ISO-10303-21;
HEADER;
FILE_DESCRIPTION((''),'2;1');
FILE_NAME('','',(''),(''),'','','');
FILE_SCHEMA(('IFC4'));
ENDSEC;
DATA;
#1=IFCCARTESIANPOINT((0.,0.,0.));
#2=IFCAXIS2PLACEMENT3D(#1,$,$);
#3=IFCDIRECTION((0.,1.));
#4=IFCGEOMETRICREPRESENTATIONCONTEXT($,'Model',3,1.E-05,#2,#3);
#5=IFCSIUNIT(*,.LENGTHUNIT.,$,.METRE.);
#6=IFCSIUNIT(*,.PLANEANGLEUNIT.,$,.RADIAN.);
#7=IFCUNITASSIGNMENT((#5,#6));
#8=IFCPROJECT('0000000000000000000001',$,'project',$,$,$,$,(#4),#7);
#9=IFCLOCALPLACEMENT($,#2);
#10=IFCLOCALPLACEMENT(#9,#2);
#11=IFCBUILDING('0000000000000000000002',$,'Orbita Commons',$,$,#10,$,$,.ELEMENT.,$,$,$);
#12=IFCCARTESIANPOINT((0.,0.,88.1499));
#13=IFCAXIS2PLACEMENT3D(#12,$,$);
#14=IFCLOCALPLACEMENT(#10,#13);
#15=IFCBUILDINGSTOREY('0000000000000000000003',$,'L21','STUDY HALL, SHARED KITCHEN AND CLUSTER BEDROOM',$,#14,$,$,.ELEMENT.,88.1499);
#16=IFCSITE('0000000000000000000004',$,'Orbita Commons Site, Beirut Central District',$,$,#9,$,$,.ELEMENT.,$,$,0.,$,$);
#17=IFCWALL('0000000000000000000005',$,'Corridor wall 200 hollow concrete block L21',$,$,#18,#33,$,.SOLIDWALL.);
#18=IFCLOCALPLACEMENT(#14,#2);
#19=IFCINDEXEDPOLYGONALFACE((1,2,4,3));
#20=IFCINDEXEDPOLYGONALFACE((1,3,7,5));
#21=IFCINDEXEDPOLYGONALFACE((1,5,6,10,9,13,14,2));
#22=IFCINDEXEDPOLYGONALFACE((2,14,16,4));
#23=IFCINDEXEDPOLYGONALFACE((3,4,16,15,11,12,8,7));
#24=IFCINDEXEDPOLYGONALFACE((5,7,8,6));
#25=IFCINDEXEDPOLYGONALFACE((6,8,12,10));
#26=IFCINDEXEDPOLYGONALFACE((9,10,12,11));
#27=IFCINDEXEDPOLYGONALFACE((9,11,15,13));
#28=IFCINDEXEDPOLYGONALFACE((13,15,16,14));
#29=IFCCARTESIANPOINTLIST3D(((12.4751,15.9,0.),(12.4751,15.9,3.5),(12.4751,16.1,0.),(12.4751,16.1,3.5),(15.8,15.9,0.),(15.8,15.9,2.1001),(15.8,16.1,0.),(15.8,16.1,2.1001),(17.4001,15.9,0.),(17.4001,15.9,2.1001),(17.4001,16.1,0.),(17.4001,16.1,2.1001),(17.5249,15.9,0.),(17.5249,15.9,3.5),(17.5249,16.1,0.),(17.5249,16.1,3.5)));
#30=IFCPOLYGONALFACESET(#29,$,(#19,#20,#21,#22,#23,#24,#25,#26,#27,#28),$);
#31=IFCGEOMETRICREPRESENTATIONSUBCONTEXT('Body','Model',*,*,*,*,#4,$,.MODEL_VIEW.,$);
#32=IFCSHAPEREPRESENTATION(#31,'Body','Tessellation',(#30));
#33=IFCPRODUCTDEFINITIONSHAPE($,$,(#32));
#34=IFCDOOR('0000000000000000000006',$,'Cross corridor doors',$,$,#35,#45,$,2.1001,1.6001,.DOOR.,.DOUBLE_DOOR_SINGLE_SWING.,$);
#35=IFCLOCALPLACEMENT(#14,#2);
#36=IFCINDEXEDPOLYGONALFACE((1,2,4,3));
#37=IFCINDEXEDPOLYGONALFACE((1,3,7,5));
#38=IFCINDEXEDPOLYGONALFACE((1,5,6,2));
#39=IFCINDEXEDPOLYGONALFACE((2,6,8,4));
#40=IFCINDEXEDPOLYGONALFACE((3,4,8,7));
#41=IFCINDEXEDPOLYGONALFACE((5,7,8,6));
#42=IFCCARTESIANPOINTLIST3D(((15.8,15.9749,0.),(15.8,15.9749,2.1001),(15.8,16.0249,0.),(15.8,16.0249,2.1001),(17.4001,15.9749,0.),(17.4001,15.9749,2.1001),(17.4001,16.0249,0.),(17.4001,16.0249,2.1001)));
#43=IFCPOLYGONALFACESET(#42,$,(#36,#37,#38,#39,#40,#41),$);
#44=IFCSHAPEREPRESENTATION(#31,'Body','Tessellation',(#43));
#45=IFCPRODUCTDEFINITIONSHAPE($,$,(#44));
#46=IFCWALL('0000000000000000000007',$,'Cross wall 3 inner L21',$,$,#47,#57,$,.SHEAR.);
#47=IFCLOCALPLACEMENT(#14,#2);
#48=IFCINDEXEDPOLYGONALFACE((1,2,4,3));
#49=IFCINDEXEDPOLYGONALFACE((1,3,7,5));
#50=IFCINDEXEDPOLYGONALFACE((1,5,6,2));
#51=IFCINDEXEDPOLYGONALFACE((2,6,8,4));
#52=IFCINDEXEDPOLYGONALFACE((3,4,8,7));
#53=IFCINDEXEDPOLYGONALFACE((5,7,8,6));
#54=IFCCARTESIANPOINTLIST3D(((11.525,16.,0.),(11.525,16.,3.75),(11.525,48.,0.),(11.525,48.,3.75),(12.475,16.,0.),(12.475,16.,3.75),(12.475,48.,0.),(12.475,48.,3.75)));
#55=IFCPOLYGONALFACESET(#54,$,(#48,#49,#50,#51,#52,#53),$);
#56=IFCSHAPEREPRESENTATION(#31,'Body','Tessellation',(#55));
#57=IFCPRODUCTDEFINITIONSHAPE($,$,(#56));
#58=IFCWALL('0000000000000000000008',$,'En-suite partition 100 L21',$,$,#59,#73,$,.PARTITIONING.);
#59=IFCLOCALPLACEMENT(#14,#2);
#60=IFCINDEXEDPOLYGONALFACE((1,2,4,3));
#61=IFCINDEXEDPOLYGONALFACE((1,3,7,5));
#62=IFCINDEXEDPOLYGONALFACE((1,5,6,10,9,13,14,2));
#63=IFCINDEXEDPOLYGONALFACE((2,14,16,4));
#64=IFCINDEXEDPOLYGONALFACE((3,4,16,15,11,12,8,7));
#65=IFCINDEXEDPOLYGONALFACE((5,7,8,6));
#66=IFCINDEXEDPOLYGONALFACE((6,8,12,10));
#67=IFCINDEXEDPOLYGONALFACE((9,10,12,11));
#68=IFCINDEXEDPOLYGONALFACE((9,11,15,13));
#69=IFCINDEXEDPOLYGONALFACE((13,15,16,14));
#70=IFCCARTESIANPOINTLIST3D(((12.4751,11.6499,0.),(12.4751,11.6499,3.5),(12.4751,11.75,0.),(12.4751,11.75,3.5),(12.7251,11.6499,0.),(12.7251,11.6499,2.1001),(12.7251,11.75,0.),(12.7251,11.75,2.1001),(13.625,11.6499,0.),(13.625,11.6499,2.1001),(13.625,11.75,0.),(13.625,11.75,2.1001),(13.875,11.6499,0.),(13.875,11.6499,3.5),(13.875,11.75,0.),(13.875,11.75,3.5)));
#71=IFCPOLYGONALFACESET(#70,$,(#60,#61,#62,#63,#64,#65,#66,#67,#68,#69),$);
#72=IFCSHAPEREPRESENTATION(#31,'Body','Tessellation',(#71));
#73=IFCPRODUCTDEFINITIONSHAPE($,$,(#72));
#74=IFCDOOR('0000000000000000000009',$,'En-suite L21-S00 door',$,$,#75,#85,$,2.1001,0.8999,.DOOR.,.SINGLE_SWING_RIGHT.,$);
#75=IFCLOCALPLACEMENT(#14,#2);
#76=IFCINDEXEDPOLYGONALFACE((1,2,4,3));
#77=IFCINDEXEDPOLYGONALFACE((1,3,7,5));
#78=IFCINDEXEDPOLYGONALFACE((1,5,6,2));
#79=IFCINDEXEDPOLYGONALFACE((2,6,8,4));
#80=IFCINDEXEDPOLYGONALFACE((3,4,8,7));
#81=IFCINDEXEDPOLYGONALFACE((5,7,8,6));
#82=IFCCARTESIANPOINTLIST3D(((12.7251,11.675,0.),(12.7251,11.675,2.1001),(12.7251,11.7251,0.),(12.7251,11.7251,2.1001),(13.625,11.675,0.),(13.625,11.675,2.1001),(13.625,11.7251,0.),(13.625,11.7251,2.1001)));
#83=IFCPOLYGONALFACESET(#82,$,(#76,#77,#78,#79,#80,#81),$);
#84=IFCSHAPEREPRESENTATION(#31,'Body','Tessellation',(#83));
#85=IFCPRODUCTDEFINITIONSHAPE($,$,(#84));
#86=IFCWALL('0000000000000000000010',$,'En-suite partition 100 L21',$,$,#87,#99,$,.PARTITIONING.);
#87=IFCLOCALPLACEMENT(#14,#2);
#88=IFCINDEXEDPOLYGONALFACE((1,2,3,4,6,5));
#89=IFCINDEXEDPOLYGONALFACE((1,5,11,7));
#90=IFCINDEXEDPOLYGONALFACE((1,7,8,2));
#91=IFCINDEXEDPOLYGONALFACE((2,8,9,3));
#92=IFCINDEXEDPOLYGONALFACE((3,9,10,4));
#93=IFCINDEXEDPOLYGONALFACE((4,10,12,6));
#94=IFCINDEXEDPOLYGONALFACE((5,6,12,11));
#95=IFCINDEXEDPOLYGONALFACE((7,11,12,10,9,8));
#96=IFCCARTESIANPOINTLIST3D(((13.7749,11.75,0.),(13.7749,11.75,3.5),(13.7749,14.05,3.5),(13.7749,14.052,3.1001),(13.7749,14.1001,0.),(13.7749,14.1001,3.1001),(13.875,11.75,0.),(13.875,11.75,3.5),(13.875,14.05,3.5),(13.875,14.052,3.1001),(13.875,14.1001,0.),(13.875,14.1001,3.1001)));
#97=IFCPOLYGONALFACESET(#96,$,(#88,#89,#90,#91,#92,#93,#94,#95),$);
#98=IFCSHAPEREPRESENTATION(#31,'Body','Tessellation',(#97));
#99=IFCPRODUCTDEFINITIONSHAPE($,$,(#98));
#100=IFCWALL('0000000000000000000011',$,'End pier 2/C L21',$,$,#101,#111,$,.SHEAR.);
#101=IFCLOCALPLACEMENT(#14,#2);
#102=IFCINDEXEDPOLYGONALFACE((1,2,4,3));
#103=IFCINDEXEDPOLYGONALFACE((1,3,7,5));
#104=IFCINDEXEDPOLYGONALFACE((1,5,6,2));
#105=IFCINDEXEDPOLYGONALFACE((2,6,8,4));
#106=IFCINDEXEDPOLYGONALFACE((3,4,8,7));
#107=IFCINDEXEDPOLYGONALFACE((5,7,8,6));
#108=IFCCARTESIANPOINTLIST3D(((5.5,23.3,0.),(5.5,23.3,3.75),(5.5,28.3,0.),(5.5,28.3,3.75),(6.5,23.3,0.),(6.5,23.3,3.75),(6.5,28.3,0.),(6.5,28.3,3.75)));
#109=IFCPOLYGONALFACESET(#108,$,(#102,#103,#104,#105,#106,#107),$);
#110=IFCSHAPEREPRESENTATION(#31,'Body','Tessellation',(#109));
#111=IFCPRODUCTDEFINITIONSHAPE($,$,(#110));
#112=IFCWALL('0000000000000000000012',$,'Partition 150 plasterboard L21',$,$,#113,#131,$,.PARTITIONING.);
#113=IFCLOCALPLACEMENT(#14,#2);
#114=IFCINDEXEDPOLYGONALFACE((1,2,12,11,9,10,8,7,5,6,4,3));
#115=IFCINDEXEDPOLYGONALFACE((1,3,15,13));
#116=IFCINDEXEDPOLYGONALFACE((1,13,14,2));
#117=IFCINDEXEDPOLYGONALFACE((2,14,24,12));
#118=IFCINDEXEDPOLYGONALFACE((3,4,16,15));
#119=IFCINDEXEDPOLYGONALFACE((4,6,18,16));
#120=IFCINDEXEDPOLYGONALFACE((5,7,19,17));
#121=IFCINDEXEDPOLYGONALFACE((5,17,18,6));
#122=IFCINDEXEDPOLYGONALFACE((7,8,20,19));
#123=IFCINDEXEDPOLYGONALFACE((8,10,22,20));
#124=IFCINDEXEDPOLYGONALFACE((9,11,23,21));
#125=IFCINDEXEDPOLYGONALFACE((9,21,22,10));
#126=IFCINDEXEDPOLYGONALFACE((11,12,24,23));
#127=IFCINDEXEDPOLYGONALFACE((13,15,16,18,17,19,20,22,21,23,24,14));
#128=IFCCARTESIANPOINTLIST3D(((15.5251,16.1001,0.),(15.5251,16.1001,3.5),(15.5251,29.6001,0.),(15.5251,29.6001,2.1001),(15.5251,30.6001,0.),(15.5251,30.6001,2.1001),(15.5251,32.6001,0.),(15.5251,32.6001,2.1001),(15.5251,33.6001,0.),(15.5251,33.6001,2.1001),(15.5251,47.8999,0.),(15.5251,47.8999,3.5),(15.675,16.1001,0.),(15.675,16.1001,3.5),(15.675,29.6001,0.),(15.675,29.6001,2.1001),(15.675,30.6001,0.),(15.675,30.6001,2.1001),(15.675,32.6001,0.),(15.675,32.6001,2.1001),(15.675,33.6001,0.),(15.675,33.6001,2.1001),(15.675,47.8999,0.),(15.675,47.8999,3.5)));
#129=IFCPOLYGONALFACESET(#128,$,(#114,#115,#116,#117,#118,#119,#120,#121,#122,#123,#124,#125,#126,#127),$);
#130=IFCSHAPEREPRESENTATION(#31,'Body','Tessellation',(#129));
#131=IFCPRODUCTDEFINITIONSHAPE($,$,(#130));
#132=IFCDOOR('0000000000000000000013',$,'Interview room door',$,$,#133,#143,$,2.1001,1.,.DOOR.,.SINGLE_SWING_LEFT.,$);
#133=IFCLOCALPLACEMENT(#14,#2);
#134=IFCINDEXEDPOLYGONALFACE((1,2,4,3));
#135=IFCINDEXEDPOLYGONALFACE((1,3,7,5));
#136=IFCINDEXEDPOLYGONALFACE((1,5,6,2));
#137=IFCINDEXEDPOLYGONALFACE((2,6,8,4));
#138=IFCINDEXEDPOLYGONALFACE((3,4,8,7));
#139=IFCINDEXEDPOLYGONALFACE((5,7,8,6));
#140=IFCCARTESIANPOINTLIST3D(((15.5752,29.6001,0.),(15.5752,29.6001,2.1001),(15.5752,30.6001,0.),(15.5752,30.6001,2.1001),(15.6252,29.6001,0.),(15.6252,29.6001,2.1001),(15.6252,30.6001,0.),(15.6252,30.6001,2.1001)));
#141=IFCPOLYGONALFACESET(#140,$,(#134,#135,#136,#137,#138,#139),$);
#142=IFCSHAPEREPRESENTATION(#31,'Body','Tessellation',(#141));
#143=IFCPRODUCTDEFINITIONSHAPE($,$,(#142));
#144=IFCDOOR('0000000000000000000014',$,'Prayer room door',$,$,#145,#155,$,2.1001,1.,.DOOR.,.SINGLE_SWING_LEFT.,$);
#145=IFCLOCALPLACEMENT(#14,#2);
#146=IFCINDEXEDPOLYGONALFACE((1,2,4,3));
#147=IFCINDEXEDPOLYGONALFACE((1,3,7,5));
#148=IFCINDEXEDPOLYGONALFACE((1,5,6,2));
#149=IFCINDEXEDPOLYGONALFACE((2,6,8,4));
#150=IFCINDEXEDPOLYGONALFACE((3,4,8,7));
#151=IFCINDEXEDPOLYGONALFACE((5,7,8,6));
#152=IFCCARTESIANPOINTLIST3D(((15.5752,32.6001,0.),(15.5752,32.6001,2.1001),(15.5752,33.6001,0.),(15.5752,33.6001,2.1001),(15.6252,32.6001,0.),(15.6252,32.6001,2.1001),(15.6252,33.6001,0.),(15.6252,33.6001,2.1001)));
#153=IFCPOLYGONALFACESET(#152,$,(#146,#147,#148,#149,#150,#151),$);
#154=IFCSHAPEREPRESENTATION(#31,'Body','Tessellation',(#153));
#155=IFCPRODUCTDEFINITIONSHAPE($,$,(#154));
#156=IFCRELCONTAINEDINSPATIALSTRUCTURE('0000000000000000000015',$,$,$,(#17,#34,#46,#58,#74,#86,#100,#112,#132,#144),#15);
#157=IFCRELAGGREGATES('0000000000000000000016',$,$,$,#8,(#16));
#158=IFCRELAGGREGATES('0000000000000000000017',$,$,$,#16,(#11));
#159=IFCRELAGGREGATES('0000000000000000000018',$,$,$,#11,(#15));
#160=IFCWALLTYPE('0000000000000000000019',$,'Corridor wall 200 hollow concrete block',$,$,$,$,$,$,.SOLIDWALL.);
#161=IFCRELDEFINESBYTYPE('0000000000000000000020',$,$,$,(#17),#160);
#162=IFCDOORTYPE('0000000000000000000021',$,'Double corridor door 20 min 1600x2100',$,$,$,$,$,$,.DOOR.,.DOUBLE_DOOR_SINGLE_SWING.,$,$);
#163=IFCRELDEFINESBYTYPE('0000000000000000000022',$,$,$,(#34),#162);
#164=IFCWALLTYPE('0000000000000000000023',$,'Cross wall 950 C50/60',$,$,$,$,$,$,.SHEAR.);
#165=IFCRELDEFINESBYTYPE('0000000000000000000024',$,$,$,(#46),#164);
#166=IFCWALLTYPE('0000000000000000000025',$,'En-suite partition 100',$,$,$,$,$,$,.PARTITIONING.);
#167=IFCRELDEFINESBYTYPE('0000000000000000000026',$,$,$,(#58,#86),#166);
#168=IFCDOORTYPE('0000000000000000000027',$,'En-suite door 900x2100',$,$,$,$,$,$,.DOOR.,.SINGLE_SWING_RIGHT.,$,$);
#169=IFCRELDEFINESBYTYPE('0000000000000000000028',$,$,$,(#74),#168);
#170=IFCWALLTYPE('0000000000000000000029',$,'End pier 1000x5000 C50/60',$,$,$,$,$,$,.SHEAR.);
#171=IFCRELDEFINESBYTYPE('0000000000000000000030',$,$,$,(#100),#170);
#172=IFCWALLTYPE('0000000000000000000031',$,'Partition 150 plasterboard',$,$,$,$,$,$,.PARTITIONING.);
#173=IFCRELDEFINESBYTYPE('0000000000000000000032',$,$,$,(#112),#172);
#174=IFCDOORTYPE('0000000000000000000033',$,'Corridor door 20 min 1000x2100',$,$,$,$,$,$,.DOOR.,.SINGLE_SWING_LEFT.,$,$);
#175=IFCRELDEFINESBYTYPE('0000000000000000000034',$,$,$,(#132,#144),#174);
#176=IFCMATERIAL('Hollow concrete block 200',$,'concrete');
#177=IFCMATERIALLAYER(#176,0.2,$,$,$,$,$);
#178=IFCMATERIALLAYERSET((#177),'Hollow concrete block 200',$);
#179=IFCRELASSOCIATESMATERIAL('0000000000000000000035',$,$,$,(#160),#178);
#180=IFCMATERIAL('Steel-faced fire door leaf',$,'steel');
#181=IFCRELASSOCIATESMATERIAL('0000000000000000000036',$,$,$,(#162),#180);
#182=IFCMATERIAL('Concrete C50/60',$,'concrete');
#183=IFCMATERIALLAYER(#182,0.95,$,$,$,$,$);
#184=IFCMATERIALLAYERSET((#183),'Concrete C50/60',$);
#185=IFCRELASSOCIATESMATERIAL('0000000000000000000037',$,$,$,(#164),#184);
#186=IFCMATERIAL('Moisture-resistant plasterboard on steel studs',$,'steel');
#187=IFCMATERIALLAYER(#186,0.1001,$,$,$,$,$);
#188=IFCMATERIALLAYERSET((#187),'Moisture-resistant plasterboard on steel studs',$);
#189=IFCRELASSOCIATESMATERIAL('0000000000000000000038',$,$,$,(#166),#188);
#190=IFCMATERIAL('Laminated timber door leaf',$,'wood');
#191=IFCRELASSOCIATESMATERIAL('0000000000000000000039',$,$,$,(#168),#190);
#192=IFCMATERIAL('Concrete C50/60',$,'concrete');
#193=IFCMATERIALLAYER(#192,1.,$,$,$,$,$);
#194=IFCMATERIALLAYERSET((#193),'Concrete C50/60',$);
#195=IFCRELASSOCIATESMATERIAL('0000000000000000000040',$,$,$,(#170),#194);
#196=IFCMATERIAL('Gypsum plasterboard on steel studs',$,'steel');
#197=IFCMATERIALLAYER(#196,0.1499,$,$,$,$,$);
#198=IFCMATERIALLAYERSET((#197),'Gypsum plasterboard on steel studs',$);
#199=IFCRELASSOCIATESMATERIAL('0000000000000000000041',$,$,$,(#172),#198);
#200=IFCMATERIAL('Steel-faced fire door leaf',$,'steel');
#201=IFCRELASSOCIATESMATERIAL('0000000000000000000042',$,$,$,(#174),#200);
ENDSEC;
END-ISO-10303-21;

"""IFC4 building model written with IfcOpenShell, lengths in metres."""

from ifc_helpers import new_model, si_unit, direction, frame, frame_2d, origin, place, context, subcontext, project, spatial, polyline, rectangle, outline, extrude, material, layer, layer_set, type_object, element, fill, save


model = new_model("IFC4")

# Units and contexts
model_context = context("Model", 3, precision=1e-05, world=origin(), true_north=direction((0.0, 1.0)))
body_context = subcontext(model_context, "Body", "Model", "MODEL_VIEW")
ifc_project = project(units=[si_unit("LENGTHUNIT", "METRE"), si_unit("PLANEANGLEUNIT", "RADIAN")], contexts=[model_context])

# Site, building, storey
site_placement = place(None, origin())
site = spatial("IfcSite", under=ifc_project, at=site_placement, Name="Orbita Commons Site, Beirut Central District", CompositionType="ELEMENT", RefElevation=0.0)
building_placement = place(site_placement, origin())
building = spatial("IfcBuilding", under=site, at=building_placement, Name="Orbita Commons", CompositionType="ELEMENT")
storey_placement = place(building_placement, frame((0.0, 0.0, 88.1499)))
storey = spatial("IfcBuildingStorey", under=building, at=storey_placement, Name="L21", Description="STUDY HALL, SHARED KITCHEN AND CLUSTER BEDROOM", CompositionType="ELEMENT", Elevation=88.1499)

# Wall, opening, door
ifc_material_1 = material(Name="Hollow concrete block 200", Category="concrete")
ifc_layer_1 = layer(ifc_material_1, 0.2)
ifc_layer_set_1 = layer_set([ifc_layer_1], Name="Hollow concrete block 200")
wall_type_1 = type_object("IfcWallType", Name="Corridor wall 200 hollow concrete block", PredefinedType="SOLIDWALL", material=ifc_layer_set_1)
wall_1_placement = place(storey_placement, frame((12.4751, 16.0, 0.0), z_axis=(0.0, 0.0, 1.0), x_axis=(1.0, 0.0, 0.0)))
wall_1 = element("IfcWall", 1, at=wall_1_placement, inside=storey, type_object=wall_type_1, Name="Corridor wall 200 hollow concrete block L21", PredefinedType="SOLIDWALL", context=body_context, shape_type="SweptSolid", body=[
    extrude(rectangle(XDim=5.0498, YDim=0.2, at=frame_2d((2.5249, 0.0))), origin(), (0.0, 0.0, 1.0), 3.5),
])
opening_1_placement = place(wall_1_placement, frame((3.325, 0.0, 0.0)))
opening_1 = element("IfcOpeningElement", 2, at=opening_1_placement, cuts=wall_1, PredefinedType="OPENING", context=body_context, shape_type="SweptSolid", body=[
    extrude(rectangle(XDim=1.6001, YDim=2.1001, at=frame_2d((0.8, 1.05))), frame((0.0, 0.1099, 0.0), z_axis=(0.0, -1.0, 0.0), x_axis=(1.0, 0.0, 0.0)), (0.0, 0.0, 1.0), 0.22),
])
ifc_material_2 = material(Name="Steel-faced fire door leaf", Category="steel")
door_type_1 = type_object("IfcDoorType", Name="Double corridor door 20 min 1600x2100", OperationType="DOUBLE_DOOR_SINGLE_SWING", PredefinedType="DOOR", material=ifc_material_2)
door_1_placement = place(opening_1_placement, origin())
door_1 = element("IfcDoor", 3, at=door_1_placement, inside=storey, type_object=door_type_1, Name="Cross corridor doors", OperationType="DOUBLE_DOOR_SINGLE_SWING", OverallHeight=2.1001, OverallWidth=1.6001, PredefinedType="DOOR", context=body_context, shape_type="SweptSolid", body=[
    extrude(rectangle(XDim=1.6001, YDim=2.1001, at=frame_2d((0.8, 1.05))), frame((0.0, 0.0249, 0.0), z_axis=(0.0, -1.0, 0.0), x_axis=(1.0, 0.0, 0.0)), (0.0, 0.0, 1.0), 0.05),
])
fill(opening_1, door_1)

# Wall
ifc_material_3 = material(Name="Concrete C50/60", Category="concrete")
ifc_layer_2 = layer(ifc_material_3, 0.95)
ifc_layer_set_2 = layer_set([ifc_layer_2], Name="Concrete C50/60")
wall_type_2 = type_object("IfcWallType", Name="Cross wall 950 C50/60", PredefinedType="SHEAR", material=ifc_layer_set_2)
wall_2_placement = place(storey_placement, frame((12.0, 16.0, 0.0), z_axis=(0.0, 0.0, 1.0), x_axis=(0.0, 1.0, 0.0)))
element("IfcWall", 4, at=wall_2_placement, inside=storey, type_object=wall_type_2, Name="Cross wall 3 inner L21", PredefinedType="SHEAR", context=body_context, shape_type="SweptSolid", body=[
    extrude(rectangle(XDim=32.0, YDim=0.95, at=frame_2d((16.0, 0.0))), origin(), (0.0, 0.0, 1.0), 3.75),
])

# Wall, opening, door
ifc_material_4 = material(Name="Moisture-resistant plasterboard on steel studs", Category="steel")
ifc_layer_3 = layer(ifc_material_4, 0.1001)
ifc_layer_set_3 = layer_set([ifc_layer_3], Name="Moisture-resistant plasterboard on steel studs")
wall_type_3 = type_object("IfcWallType", Name="En-suite partition 100", PredefinedType="PARTITIONING", material=ifc_layer_set_3)
wall_3_placement = place(storey_placement, frame((13.875, 11.7, 0.0), z_axis=(0.0, 0.0, 1.0), x_axis=(-1.0, 0.0, 0.0)))
wall_3 = element("IfcWall", 5, at=wall_3_placement, inside=storey, type_object=wall_type_3, Name="En-suite partition 100 L21", PredefinedType="PARTITIONING", context=body_context, shape_type="SweptSolid", body=[
    extrude(rectangle(XDim=1.3999, YDim=0.1001, at=frame_2d((0.7, 0.0))), origin(), (0.0, 0.0, 1.0), 3.5),
])
opening_2_placement = place(wall_3_placement, frame((0.25, 0.0, 0.0)))
opening_2 = element("IfcOpeningElement", 6, at=opening_2_placement, cuts=wall_3, PredefinedType="OPENING", context=body_context, shape_type="SweptSolid", body=[
    extrude(rectangle(XDim=0.8999, YDim=2.1001, at=frame_2d((0.45, 1.05))), frame((0.0, 0.0601, 0.0), z_axis=(0.0, -1.0, 0.0), x_axis=(1.0, 0.0, 0.0)), (0.0, 0.0, 1.0), 0.1201),
])
ifc_material_5 = material(Name="Laminated timber door leaf", Category="wood")
door_type_2 = type_object("IfcDoorType", Name="En-suite door 900x2100", OperationType="SINGLE_SWING_RIGHT", PredefinedType="DOOR", material=ifc_material_5)
door_2_placement = place(opening_2_placement, origin())
door_2 = element("IfcDoor", 7, at=door_2_placement, inside=storey, type_object=door_type_2, Name="En-suite L21-S00 door", OperationType="SINGLE_SWING_RIGHT", OverallHeight=2.1001, OverallWidth=0.8999, PredefinedType="DOOR", context=body_context, shape_type="SweptSolid", body=[
    extrude(rectangle(XDim=0.8999, YDim=2.1001, at=frame_2d((0.45, 1.05))), frame((0.0, 0.0249, 0.0), z_axis=(0.0, -1.0, 0.0), x_axis=(1.0, 0.0, 0.0)), (0.0, 0.0, 1.0), 0.05),
])
fill(opening_2, door_2)

# Walls
wall_4_placement = place(storey_placement, frame((13.825, 11.75, 0.0), z_axis=(0.0, 0.0, 1.0), x_axis=(0.0, 1.0, 0.0)))
element("IfcWall", 8, at=wall_4_placement, inside=storey, type_object=wall_type_3, Name="En-suite partition 100 L21", PredefinedType="PARTITIONING", context=body_context, shape_type="SweptSolid", body=[
    extrude(outline(polyline([(0.0, 0.0), (2.3501, 0.0), (2.3501, 3.1001), (2.302, 3.1001), (2.3, 3.5), (0.0, 3.5), (0.0, 0.0)])), frame((0.0, 0.05, 0.0), z_axis=(0.0, -1.0, 0.0), x_axis=(1.0, 0.0, 0.0)), (0.0, 0.0, 1.0), 0.1001),
])
ifc_material_6 = material(Name="Concrete C50/60", Category="concrete")
ifc_layer_4 = layer(ifc_material_6, 1.0)
ifc_layer_set_4 = layer_set([ifc_layer_4], Name="Concrete C50/60")
wall_type_4 = type_object("IfcWallType", Name="End pier 1000x5000 C50/60", PredefinedType="SHEAR", material=ifc_layer_set_4)
wall_5_placement = place(storey_placement, frame((6.0, 23.3, 0.0), z_axis=(0.0, 0.0, 1.0), x_axis=(0.0, 1.0, 0.0)))
element("IfcWall", 9, at=wall_5_placement, inside=storey, type_object=wall_type_4, Name="End pier 2/C L21", PredefinedType="SHEAR", context=body_context, shape_type="SweptSolid", body=[
    extrude(rectangle(XDim=5.0, YDim=1.0, at=frame_2d((2.5, 0.0))), origin(), (0.0, 0.0, 1.0), 3.75),
])

# Wall, openings, doors
ifc_material_7 = material(Name="Gypsum plasterboard on steel studs", Category="steel")
ifc_layer_5 = layer(ifc_material_7, 0.1499)
ifc_layer_set_5 = layer_set([ifc_layer_5], Name="Gypsum plasterboard on steel studs")
wall_type_5 = type_object("IfcWallType", Name="Partition 150 plasterboard", PredefinedType="PARTITIONING", material=ifc_layer_set_5)
wall_6_placement = place(storey_placement, frame((15.6001, 16.1001, 0.0), z_axis=(0.0, 0.0, 1.0), x_axis=(0.0, 1.0, 0.0)))
wall_6 = element("IfcWall", 10, at=wall_6_placement, inside=storey, type_object=wall_type_5, Name="Partition 150 plasterboard L21", PredefinedType="PARTITIONING", context=body_context, shape_type="SweptSolid", body=[
    extrude(rectangle(XDim=31.7998, YDim=0.1499, at=frame_2d((15.8999, 0.0))), origin(), (0.0, 0.0, 1.0), 3.5),
])
opening_3_placement = place(wall_6_placement, frame((13.5, 0.0, 0.0)))
opening_3 = element("IfcOpeningElement", 11, at=opening_3_placement, cuts=wall_6, PredefinedType="OPENING", context=body_context, shape_type="SweptSolid", body=[
    extrude(rectangle(XDim=1.0, YDim=2.1001, at=frame_2d((0.5, 1.05))), frame((0.0, 0.085, 0.0), z_axis=(0.0, -1.0, 0.0), x_axis=(1.0, 0.0, 0.0)), (0.0, 0.0, 1.0), 0.1699),
])
opening_4_placement = place(wall_6_placement, frame((16.5, 0.0, 0.0)))
opening_4 = element("IfcOpeningElement", 12, at=opening_4_placement, cuts=wall_6, PredefinedType="OPENING", context=body_context, shape_type="SweptSolid", body=[
    extrude(rectangle(XDim=1.0, YDim=2.1001, at=frame_2d((0.5, 1.05))), frame((0.0, 0.085, 0.0), z_axis=(0.0, -1.0, 0.0), x_axis=(1.0, 0.0, 0.0)), (0.0, 0.0, 1.0), 0.1699),
])
ifc_material_8 = material(Name="Steel-faced fire door leaf", Category="steel")
door_type_3 = type_object("IfcDoorType", Name="Corridor door 20 min 1000x2100", OperationType="SINGLE_SWING_LEFT", PredefinedType="DOOR", material=ifc_material_8)
door_3_placement = place(opening_3_placement, origin())
door_3 = element("IfcDoor", 13, at=door_3_placement, inside=storey, type_object=door_type_3, Name="Interview room door", OperationType="SINGLE_SWING_LEFT", OverallHeight=2.1001, OverallWidth=1.0, PredefinedType="DOOR", context=body_context, shape_type="SweptSolid", body=[
    extrude(rectangle(XDim=1.0, YDim=2.1001, at=frame_2d((0.5, 1.05))), frame((0.0, 0.0249, 0.0), z_axis=(0.0, -1.0, 0.0), x_axis=(1.0, 0.0, 0.0)), (0.0, 0.0, 1.0), 0.05),
])
fill(opening_3, door_3)
door_4_placement = place(opening_4_placement, origin())
door_4 = element("IfcDoor", 14, at=door_4_placement, inside=storey, type_object=door_type_3, Name="Prayer room door", OperationType="SINGLE_SWING_LEFT", OverallHeight=2.1001, OverallWidth=1.0, PredefinedType="DOOR", context=body_context, shape_type="SweptSolid", body=[
    extrude(rectangle(XDim=1.0, YDim=2.1001, at=frame_2d((0.5, 1.05))), frame((0.0, 0.0249, 0.0), z_axis=(0.0, -1.0, 0.0), x_axis=(1.0, 0.0, 0.0)), (0.0, 0.0, 1.0), 0.05),
])
fill(opening_4, door_4)

save(model, "model.ifc")
